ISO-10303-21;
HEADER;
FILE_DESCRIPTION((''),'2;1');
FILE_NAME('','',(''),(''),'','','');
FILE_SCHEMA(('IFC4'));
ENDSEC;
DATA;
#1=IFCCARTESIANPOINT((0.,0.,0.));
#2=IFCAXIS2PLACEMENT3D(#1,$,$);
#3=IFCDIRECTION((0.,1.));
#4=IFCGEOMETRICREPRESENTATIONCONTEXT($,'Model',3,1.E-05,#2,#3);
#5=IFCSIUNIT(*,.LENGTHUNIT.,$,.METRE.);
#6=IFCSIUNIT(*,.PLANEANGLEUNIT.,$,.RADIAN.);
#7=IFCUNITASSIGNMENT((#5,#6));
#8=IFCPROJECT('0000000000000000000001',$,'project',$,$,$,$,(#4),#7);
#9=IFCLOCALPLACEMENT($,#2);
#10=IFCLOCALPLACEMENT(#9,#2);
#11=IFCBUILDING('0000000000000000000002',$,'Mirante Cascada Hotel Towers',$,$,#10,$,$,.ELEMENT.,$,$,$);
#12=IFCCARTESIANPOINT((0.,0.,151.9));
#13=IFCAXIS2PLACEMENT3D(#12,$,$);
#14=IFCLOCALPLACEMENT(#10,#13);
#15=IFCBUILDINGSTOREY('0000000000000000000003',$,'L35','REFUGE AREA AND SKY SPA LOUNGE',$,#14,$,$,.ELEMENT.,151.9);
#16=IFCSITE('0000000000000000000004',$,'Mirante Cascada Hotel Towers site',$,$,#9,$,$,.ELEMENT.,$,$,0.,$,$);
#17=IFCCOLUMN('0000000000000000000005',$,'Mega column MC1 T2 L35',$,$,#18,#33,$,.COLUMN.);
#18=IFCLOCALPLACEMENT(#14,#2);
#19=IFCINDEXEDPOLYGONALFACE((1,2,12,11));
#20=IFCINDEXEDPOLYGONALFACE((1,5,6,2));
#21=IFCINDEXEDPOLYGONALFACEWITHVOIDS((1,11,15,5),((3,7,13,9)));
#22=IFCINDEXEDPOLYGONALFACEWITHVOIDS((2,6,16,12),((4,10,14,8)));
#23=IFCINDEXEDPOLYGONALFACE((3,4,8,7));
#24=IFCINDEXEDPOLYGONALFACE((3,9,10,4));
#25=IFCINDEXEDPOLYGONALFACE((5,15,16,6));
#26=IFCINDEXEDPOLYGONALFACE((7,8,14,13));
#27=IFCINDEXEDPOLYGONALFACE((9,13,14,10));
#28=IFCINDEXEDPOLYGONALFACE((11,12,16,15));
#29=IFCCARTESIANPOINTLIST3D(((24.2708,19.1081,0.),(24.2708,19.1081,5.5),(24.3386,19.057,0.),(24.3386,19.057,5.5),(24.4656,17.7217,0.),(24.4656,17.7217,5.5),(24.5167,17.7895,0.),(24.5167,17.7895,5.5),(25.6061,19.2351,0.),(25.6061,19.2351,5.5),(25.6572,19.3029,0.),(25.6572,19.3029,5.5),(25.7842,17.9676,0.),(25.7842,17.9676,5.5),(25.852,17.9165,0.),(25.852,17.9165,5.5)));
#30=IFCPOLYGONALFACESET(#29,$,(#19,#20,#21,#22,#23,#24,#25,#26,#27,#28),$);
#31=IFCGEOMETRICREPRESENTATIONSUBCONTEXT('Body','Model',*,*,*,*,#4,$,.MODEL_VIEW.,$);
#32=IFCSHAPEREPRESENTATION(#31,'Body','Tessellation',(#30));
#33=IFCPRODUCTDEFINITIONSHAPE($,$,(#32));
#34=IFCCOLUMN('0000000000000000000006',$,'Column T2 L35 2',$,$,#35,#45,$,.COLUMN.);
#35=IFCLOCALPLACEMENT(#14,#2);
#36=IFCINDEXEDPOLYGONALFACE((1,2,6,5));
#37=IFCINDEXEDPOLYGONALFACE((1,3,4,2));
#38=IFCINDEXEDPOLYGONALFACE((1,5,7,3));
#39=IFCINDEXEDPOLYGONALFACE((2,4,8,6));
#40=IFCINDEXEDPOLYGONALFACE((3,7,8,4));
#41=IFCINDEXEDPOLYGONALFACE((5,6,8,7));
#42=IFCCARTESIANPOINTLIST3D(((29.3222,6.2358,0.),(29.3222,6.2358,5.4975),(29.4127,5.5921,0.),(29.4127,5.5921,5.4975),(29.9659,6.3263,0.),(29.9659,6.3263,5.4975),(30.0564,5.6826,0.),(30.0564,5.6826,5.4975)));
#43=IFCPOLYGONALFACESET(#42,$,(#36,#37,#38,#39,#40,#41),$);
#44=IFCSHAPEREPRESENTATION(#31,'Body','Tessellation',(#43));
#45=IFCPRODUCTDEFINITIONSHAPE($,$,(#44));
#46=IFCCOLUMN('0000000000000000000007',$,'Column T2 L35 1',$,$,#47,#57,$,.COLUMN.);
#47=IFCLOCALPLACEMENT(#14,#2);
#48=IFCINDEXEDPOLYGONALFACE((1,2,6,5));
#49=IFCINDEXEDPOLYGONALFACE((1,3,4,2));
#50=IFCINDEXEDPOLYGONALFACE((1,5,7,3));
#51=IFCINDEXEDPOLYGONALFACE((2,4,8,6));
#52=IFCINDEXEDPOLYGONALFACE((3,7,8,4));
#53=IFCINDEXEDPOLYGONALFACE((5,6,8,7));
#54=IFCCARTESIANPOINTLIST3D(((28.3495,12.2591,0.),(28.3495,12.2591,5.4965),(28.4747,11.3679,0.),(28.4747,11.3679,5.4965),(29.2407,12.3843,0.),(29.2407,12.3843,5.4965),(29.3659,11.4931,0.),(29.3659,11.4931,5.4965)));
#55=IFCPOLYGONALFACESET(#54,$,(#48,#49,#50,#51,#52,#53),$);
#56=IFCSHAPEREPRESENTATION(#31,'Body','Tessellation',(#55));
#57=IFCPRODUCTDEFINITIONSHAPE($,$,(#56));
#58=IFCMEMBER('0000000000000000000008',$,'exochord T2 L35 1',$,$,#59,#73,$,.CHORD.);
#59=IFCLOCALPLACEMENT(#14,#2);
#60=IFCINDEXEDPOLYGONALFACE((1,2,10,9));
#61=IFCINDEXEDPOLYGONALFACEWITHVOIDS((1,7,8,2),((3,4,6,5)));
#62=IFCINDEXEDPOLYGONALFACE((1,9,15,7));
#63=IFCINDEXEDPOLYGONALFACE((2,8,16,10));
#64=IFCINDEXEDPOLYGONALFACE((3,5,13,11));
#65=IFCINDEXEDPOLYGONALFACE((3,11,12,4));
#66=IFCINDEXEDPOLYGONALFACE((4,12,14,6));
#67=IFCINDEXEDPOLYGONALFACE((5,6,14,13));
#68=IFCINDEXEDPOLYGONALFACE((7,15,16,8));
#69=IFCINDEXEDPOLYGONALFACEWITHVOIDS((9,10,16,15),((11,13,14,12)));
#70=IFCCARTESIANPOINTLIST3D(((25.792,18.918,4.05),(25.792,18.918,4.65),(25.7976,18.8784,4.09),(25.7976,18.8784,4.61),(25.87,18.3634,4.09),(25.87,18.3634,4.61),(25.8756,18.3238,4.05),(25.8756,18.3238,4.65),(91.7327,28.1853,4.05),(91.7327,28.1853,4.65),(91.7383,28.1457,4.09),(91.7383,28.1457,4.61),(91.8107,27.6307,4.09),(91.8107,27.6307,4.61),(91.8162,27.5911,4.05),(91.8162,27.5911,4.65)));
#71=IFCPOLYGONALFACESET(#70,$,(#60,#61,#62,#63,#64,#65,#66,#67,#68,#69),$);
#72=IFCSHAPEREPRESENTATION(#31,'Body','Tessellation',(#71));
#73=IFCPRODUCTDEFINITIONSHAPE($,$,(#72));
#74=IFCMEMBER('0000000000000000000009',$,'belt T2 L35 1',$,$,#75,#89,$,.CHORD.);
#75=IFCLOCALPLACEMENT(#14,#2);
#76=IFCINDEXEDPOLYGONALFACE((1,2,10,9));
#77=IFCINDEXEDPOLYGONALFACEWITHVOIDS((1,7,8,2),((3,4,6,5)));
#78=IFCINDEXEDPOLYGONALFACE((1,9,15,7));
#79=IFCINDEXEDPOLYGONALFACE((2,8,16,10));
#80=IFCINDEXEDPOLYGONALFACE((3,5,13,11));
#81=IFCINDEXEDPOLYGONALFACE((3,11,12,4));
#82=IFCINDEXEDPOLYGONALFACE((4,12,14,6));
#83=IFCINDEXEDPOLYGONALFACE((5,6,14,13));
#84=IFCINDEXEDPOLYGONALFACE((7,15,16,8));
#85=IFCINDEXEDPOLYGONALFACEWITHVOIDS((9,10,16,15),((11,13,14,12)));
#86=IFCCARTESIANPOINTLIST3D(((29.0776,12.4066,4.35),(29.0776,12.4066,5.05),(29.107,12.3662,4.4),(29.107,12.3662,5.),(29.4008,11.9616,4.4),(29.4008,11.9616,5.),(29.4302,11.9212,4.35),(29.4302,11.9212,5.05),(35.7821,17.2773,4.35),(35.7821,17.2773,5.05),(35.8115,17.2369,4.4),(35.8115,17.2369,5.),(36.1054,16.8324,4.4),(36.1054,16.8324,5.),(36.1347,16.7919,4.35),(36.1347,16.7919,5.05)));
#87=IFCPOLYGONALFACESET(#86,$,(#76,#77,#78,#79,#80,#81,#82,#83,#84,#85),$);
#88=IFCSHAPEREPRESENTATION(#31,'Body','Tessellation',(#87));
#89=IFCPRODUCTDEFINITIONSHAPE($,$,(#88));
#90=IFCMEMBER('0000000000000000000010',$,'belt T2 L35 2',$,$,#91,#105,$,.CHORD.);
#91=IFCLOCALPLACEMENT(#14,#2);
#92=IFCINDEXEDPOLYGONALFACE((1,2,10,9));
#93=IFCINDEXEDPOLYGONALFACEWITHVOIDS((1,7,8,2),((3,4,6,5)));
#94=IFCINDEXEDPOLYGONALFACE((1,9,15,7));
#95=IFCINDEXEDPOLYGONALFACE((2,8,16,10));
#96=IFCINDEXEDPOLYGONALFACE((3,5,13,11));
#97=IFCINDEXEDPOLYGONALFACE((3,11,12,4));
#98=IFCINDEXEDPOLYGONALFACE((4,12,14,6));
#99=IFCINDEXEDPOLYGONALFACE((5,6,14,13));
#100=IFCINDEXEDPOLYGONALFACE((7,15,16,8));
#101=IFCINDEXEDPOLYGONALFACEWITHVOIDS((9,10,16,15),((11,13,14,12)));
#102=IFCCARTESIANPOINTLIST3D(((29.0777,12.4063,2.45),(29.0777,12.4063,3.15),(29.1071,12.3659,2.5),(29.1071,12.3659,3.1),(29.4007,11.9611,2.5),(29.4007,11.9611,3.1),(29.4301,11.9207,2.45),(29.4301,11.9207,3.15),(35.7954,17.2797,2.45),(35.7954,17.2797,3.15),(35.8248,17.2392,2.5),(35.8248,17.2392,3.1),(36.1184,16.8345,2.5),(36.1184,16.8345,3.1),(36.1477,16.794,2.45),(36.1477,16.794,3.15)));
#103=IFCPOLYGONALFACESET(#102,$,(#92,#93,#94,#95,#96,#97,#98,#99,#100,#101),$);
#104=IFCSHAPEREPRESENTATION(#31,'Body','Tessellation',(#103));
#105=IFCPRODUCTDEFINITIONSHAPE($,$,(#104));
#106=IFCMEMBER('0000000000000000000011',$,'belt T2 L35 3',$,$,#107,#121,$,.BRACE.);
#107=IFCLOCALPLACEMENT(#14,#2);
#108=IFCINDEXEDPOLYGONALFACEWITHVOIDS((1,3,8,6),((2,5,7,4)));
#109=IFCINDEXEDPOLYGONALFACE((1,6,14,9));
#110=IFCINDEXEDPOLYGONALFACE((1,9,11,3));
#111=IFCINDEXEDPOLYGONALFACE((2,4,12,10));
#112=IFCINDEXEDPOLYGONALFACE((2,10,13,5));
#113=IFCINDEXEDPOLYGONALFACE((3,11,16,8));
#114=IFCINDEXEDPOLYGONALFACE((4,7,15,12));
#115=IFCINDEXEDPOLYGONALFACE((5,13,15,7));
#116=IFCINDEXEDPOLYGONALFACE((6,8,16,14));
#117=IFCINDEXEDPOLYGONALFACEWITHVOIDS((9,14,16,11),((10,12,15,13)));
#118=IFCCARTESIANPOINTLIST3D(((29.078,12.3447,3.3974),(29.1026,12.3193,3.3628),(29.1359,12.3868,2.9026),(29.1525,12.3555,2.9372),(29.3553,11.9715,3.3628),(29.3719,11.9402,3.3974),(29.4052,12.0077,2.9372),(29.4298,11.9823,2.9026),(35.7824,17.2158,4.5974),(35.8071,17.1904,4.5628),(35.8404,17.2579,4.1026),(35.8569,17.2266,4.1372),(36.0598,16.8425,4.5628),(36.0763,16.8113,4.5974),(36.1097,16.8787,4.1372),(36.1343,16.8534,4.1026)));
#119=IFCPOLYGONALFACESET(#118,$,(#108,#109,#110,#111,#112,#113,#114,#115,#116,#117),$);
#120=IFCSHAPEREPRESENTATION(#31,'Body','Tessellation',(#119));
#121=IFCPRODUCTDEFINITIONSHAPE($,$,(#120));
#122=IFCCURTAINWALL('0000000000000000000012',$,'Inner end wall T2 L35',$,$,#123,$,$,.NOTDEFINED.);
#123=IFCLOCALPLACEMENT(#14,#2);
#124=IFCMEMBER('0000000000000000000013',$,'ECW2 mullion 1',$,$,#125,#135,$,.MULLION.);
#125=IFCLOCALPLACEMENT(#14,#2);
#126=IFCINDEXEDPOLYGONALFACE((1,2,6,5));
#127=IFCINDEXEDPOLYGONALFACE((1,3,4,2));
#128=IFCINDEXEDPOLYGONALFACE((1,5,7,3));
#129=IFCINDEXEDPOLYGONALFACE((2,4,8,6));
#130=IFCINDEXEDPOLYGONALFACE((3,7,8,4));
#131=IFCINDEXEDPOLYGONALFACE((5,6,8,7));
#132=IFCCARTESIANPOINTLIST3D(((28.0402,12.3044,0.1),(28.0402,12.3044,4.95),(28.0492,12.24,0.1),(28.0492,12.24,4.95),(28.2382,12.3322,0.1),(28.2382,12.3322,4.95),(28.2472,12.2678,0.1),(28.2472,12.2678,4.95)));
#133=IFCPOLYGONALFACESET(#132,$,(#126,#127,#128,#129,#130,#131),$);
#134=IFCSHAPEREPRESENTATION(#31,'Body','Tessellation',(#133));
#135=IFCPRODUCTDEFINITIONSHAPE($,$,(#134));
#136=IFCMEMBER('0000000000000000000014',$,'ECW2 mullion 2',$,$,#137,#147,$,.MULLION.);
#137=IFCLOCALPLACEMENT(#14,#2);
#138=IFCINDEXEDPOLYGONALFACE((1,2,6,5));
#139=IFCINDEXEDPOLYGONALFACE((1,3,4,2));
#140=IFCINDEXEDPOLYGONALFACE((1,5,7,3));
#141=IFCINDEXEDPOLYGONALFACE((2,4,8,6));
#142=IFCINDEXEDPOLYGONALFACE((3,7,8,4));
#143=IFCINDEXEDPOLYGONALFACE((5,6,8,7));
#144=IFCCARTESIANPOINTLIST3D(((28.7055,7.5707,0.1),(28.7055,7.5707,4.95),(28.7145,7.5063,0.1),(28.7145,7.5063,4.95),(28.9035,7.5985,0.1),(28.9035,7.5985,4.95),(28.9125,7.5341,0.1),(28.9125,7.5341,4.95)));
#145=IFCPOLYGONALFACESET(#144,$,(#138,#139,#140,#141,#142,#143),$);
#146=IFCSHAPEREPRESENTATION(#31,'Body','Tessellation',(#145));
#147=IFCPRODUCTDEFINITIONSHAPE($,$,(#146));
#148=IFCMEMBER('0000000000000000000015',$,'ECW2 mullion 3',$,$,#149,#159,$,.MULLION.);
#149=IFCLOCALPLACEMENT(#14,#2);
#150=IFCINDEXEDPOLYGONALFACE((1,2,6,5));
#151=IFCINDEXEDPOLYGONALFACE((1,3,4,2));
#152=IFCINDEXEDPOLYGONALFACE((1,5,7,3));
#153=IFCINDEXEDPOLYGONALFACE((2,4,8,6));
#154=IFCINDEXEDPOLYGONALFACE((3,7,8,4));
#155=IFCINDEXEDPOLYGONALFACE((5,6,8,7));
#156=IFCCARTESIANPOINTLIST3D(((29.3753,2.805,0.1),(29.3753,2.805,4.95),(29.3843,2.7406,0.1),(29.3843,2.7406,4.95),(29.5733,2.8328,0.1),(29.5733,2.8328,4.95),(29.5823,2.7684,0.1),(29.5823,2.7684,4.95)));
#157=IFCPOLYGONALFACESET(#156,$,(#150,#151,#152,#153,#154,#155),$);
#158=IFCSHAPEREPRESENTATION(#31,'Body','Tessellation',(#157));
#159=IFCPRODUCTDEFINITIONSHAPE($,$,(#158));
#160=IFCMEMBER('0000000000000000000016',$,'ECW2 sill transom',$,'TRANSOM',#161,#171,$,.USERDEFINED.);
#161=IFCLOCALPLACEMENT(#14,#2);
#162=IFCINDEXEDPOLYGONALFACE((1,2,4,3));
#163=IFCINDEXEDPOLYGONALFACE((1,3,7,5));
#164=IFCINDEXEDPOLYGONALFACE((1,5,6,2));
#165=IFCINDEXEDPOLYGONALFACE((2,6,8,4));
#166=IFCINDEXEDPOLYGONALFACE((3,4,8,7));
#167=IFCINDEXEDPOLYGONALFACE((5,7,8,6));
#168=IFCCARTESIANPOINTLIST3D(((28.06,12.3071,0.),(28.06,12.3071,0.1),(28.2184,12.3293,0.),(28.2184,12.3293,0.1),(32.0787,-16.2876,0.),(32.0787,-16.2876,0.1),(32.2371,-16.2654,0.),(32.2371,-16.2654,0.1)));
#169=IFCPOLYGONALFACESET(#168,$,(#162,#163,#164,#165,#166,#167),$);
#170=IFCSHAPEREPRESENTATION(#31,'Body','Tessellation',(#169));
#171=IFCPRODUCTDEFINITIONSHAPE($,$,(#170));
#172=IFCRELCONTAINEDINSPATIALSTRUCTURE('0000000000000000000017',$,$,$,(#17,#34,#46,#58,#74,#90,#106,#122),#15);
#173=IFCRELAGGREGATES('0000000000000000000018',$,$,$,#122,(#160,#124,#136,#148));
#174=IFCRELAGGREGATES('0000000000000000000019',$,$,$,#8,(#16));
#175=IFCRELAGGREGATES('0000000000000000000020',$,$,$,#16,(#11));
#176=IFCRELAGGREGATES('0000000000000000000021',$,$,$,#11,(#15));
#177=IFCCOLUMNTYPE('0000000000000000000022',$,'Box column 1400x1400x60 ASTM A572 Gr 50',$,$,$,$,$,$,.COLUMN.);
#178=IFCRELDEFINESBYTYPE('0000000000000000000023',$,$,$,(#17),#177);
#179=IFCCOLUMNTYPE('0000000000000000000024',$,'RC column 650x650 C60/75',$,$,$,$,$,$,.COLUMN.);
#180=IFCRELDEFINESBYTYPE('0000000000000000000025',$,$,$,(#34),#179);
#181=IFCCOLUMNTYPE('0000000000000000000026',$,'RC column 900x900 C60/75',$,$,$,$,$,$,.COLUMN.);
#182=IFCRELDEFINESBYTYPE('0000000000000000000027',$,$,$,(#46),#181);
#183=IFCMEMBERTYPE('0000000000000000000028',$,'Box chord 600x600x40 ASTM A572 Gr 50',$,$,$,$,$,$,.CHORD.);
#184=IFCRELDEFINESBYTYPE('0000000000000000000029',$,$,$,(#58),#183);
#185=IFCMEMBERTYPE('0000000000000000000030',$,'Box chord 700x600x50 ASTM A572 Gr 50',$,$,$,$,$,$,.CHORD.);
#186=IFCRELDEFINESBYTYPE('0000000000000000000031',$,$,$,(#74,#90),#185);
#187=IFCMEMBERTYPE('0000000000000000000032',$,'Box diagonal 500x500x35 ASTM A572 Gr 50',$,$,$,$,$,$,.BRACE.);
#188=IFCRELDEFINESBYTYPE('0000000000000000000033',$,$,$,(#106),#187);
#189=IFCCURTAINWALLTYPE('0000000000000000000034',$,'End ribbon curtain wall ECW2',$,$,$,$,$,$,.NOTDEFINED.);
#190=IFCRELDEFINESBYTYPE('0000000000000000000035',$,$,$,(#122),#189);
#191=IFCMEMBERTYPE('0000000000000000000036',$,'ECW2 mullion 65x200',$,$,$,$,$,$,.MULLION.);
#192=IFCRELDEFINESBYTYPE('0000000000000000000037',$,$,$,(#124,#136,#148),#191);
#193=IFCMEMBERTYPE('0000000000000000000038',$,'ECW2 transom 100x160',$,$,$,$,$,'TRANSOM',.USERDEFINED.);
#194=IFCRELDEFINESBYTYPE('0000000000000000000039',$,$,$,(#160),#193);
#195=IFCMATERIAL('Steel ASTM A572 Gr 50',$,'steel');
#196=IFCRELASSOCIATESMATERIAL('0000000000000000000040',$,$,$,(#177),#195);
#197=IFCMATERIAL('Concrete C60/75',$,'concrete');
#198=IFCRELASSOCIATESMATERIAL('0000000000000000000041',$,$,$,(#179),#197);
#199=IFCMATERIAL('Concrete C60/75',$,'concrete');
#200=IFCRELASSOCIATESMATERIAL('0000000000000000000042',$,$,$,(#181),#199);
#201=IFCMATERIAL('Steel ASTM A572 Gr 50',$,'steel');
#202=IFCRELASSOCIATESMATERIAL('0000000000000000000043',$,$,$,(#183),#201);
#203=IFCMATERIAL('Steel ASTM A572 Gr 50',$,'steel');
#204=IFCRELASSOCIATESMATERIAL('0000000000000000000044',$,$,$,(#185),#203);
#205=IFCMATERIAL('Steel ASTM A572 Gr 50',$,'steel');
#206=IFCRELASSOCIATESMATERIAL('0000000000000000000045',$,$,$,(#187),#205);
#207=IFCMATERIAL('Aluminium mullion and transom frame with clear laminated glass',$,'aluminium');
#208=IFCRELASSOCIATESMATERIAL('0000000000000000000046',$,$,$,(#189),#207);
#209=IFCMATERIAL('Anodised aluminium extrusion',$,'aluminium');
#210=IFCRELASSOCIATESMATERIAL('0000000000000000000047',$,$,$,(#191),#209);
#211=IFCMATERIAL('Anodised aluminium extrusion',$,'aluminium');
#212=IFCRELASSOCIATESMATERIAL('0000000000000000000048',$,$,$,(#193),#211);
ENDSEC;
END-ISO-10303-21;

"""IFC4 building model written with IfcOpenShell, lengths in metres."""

from ifc_helpers import new_model, si_unit, direction, frame, origin, origin_2d, place, context, subcontext, project, spatial, rectangle, hollow_rectangle, extrude, material, material_profile, profile_set, type_object, element, aggregate, save


model = new_model("IFC4")

# Units and contexts
model_context = context("Model", 3, precision=1e-05, world=origin(), true_north=direction((0.0, 1.0)))
body_context = subcontext(model_context, "Body", "Model", "MODEL_VIEW")
ifc_project = project(units=[si_unit("LENGTHUNIT", "METRE"), si_unit("PLANEANGLEUNIT", "RADIAN")], contexts=[model_context])

# Site, building, storey
site_placement = place(None, origin())
site = spatial("IfcSite", under=ifc_project, at=site_placement, Name="Mirante Cascada Hotel Towers site", CompositionType="ELEMENT", RefElevation=0.0)
building_placement = place(site_placement, origin())
building = spatial("IfcBuilding", under=site, at=building_placement, Name="Mirante Cascada Hotel Towers", CompositionType="ELEMENT")
storey_placement = place(building_placement, frame((0.0, 0.0, 151.9)))
storey = spatial("IfcBuildingStorey", under=building, at=storey_placement, Name="L35", Description="REFUGE AREA AND SKY SPA LOUNGE", CompositionType="ELEMENT", Elevation=151.9)

# Columns
ifc_material_1 = material(Name="Steel ASTM A572 Gr 50", Category="steel")
ifc_material_profile_1 = material_profile(ifc_material_1, hollow_rectangle(XDim=1.4, YDim=1.4, WallThickness=0.06, at=origin_2d()), Name="Box column 1400x1400x60 ASTM A572 Gr 50")
ifc_profile_set_1 = profile_set([ifc_material_profile_1], Name="Steel ASTM A572 Gr 50")
column_type_1 = type_object("IfcColumnType", Name="Box column 1400x1400x60 ASTM A572 Gr 50", PredefinedType="COLUMN", material=ifc_profile_set_1)
column_1_placement = place(storey_placement, frame((25.0614, 18.5123, 0.0), z_axis=(0.0, 0.0, 1.0), x_axis=(0.990268, 0.139173, 0.0)))
element("IfcColumn", 1, at=column_1_placement, inside=storey, type_object=column_type_1, Name="Mega column MC1 T2 L35", PredefinedType="COLUMN", context=body_context, shape_type="SweptSolid", body=[
    extrude(hollow_rectangle(XDim=1.4, YDim=1.4, WallThickness=0.06, at=origin_2d()), origin(), (0.0, 0.0, 1.0), 5.5),
])
ifc_material_2 = material(Name="Concrete C60/75", Category="concrete")
ifc_material_profile_2 = material_profile(ifc_material_2, rectangle(XDim=0.65, YDim=0.65, at=origin_2d()), Name="RC column 650x650 C60/75")
ifc_profile_set_2 = profile_set([ifc_material_profile_2], Name="Concrete C60/75")
column_type_2 = type_object("IfcColumnType", Name="RC column 650x650 C60/75", PredefinedType="COLUMN", material=ifc_profile_set_2)
column_2_placement = place(storey_placement, frame((29.6893, 5.9592, 0.0), z_axis=(0.0, 0.0, 1.0), x_axis=(0.990268, 0.139173, 0.0)))
element("IfcColumn", 2, at=column_2_placement, inside=storey, type_object=column_type_2, Name="Column T2 L35 2", PredefinedType="COLUMN", context=body_context, shape_type="SweptSolid", body=[
    extrude(rectangle(XDim=0.65, YDim=0.65, at=origin_2d()), origin(), (0.0, 0.0, 1.0), 5.4975),
])
ifc_material_3 = material(Name="Concrete C60/75", Category="concrete")
ifc_material_profile_3 = material_profile(ifc_material_3, rectangle(XDim=0.9, YDim=0.9, at=origin_2d()), Name="RC column 900x900 C60/75")
ifc_profile_set_3 = profile_set([ifc_material_profile_3], Name="Concrete C60/75")
column_type_3 = type_object("IfcColumnType", Name="RC column 900x900 C60/75", PredefinedType="COLUMN", material=ifc_profile_set_3)
column_3_placement = place(storey_placement, frame((28.8577, 11.8761, 0.0), z_axis=(0.0, 0.0, 1.0), x_axis=(0.990268, 0.139173, 0.0)))
element("IfcColumn", 3, at=column_3_placement, inside=storey, type_object=column_type_3, Name="Column T2 L35 1", PredefinedType="COLUMN", context=body_context, shape_type="SweptSolid", body=[
    extrude(rectangle(XDim=0.9, YDim=0.9, at=origin_2d()), origin(), (0.0, 0.0, 1.0), 5.4965),
])

# Members
ifc_material_4 = material(Name="Steel ASTM A572 Gr 50", Category="steel")
ifc_material_profile_4 = material_profile(ifc_material_4, hollow_rectangle(XDim=0.6, YDim=0.6, WallThickness=0.04, at=origin_2d()), Name="Box chord 600x600x40 ASTM A572 Gr 50")
ifc_profile_set_4 = profile_set([ifc_material_profile_4], Name="Steel ASTM A572 Gr 50")
member_type_1 = type_object("IfcMemberType", Name="Box chord 600x600x40 ASTM A572 Gr 50", PredefinedType="CHORD", material=ifc_profile_set_4)
member_1_placement = place(storey_placement, frame((25.8338, 18.6209, 4.35), z_axis=(0.990268, 0.139172, 0.0), x_axis=(-0.139172, 0.990268, 0.0)))
element("IfcMember", 4, at=member_1_placement, inside=storey, type_object=member_type_1, Name="exochord T2 L35 1", PredefinedType="CHORD", context=body_context, shape_type="SweptSolid", body=[
    extrude(hollow_rectangle(XDim=0.6, YDim=0.6, WallThickness=0.04, at=origin_2d()), origin(), (0.0, 0.0, 1.0), 66.5887),
])
ifc_material_5 = material(Name="Steel ASTM A572 Gr 50", Category="steel")
ifc_material_profile_5 = material_profile(ifc_material_5, hollow_rectangle(XDim=0.6, YDim=0.7, WallThickness=0.05, at=origin_2d()), Name="Box chord 700x600x50 ASTM A572 Gr 50")
ifc_profile_set_5 = profile_set([ifc_material_profile_5], Name="Steel ASTM A572 Gr 50")
member_type_2 = type_object("IfcMemberType", Name="Box chord 700x600x50 ASTM A572 Gr 50", PredefinedType="CHORD", material=ifc_profile_set_5)
member_2_placement = place(storey_placement, frame((29.2539, 12.1639, 4.7), z_axis=(0.80904, 0.587753, 0.0), x_axis=(-0.587753, 0.80904, 0.0)))
element("IfcMember", 5, at=member_2_placement, inside=storey, type_object=member_type_2, Name="belt T2 L35 1", PredefinedType="CHORD", context=body_context, shape_type="SweptSolid", body=[
    extrude(hollow_rectangle(XDim=0.6, YDim=0.7, WallThickness=0.05, at=origin_2d()), origin(), (0.0, 0.0, 1.0), 8.287),
])
member_3_placement = place(storey_placement, frame((29.2539, 12.1635, 2.8), z_axis=(0.809435, 0.58721, 0.0), x_axis=(-0.58721, 0.809435, 0.0)))
element("IfcMember", 6, at=member_3_placement, inside=storey, type_object=member_type_2, Name="belt T2 L35 2", PredefinedType="CHORD", context=body_context, shape_type="SweptSolid", body=[
    extrude(hollow_rectangle(XDim=0.6, YDim=0.7, WallThickness=0.05, at=origin_2d()), origin(), (0.0, 0.0, 1.0), 8.2992),
])
ifc_material_6 = material(Name="Steel ASTM A572 Gr 50", Category="steel")
ifc_material_profile_6 = material_profile(ifc_material_6, hollow_rectangle(XDim=0.5, YDim=0.5, WallThickness=0.035, at=origin_2d()), Name="Box diagonal 500x500x35 ASTM A572 Gr 50")
ifc_profile_set_6 = profile_set([ifc_material_profile_6], Name="Steel ASTM A572 Gr 50")
member_type_3 = type_object("IfcMemberType", Name="Box diagonal 500x500x35 ASTM A572 Gr 50", PredefinedType="BRACE", material=ifc_profile_set_6)
member_4_placement = place(storey_placement, frame((29.2539, 12.1635, 3.15), z_axis=(0.800667, 0.581718, 0.143307), x_axis=(-0.587785, 0.809017, 0.0)))
element("IfcMember", 7, at=member_4_placement, inside=storey, type_object=member_type_3, Name="belt T2 L35 3", PredefinedType="BRACE", context=body_context, shape_type="SweptSolid", body=[
    extrude(hollow_rectangle(XDim=0.5, YDim=0.5, WallThickness=0.035, at=origin_2d()), origin(), (0.0, 0.0, 1.0), 8.3736),
])

# Curtain wall, members
ifc_material_7 = material(Name="Aluminium mullion and transom frame with clear laminated glass", Category="aluminium")
curtain_wall_type = type_object("IfcCurtainWallType", Name="End ribbon curtain wall ECW2", PredefinedType="NOTDEFINED", material=ifc_material_7)
curtain_wall_placement = place(storey_placement, origin())
curtain_wall = element("IfcCurtainWall", 8, at=curtain_wall_placement, inside=storey, type_object=curtain_wall_type, Name="Inner end wall T2 L35", PredefinedType="NOTDEFINED")
ifc_material_8 = material(Name="Anodised aluminium extrusion", Category="aluminium")
ifc_material_profile_7 = material_profile(ifc_material_8, rectangle(XDim=0.2, YDim=0.065, at=origin_2d()), Name="ECW2 MULLION 65x200")
ifc_profile_set_7 = profile_set([ifc_material_profile_7], Name="Anodised aluminium extrusion")
member_type_4 = type_object("IfcMemberType", Name="ECW2 mullion 65x200", PredefinedType="MULLION", material=ifc_profile_set_7)
member_5_placement = place(storey_placement, frame((28.1437, 12.2861, 0.1), z_axis=(0.0, 0.0, 1.0), x_axis=(0.990268, 0.139173, 0.0)))
member_5 = element("IfcMember", 9, at=member_5_placement, type_object=member_type_4, Name="ECW2 mullion 1", PredefinedType="MULLION", context=body_context, shape_type="SweptSolid", body=[
    extrude(rectangle(XDim=0.2, YDim=0.065, at=origin_2d()), origin(), (0.0, 0.0, 1.0), 4.85),
])
member_6_placement = place(storey_placement, frame((28.809, 7.5524, 0.1), z_axis=(0.0, 0.0, 1.0), x_axis=(0.990268, 0.139173, 0.0)))
member_6 = element("IfcMember", 10, at=member_6_placement, type_object=member_type_4, Name="ECW2 mullion 2", PredefinedType="MULLION", context=body_context, shape_type="SweptSolid", body=[
    extrude(rectangle(XDim=0.2, YDim=0.065, at=origin_2d()), origin(), (0.0, 0.0, 1.0), 4.85),
])
member_7_placement = place(storey_placement, frame((29.4788, 2.7867, 0.1), z_axis=(0.0, 0.0, 1.0), x_axis=(0.990268, 0.139173, 0.0)))
member_7 = element("IfcMember", 11, at=member_7_placement, type_object=member_type_4, Name="ECW2 mullion 3", PredefinedType="MULLION", context=body_context, shape_type="SweptSolid", body=[
    extrude(rectangle(XDim=0.2, YDim=0.065, at=origin_2d()), origin(), (0.0, 0.0, 1.0), 4.85),
])
ifc_material_9 = material(Name="Anodised aluminium extrusion", Category="aluminium")
ifc_material_profile_8 = material_profile(ifc_material_9, rectangle(XDim=0.16, YDim=0.1, at=origin_2d()), Name="ECW2 TRANSOM 100x160")
ifc_profile_set_8 = profile_set([ifc_material_profile_8], Name="Anodised aluminium extrusion")
member_type_5 = type_object("IfcMemberType", Name="ECW2 transom 100x160", ElementType="TRANSOM", PredefinedType="USERDEFINED", material=ifc_profile_set_8)
member_8_placement = place(storey_placement, frame((28.1392, 12.3182, 0.05), z_axis=(0.139172, -0.990268, 0.0), x_axis=(0.990268, 0.139172, 0.0)))
member_8 = element("IfcMember", 12, at=member_8_placement, type_object=member_type_5, Name="ECW2 sill transom", ObjectType="TRANSOM", PredefinedType="USERDEFINED", context=body_context, shape_type="SweptSolid", body=[
    extrude(rectangle(XDim=0.16, YDim=0.1, at=origin_2d()), origin(), (0.0, 0.0, 1.0), 28.8757),
])
aggregate(curtain_wall, [member_8, member_5, member_6, member_7])

save(model, "model.ifc")
